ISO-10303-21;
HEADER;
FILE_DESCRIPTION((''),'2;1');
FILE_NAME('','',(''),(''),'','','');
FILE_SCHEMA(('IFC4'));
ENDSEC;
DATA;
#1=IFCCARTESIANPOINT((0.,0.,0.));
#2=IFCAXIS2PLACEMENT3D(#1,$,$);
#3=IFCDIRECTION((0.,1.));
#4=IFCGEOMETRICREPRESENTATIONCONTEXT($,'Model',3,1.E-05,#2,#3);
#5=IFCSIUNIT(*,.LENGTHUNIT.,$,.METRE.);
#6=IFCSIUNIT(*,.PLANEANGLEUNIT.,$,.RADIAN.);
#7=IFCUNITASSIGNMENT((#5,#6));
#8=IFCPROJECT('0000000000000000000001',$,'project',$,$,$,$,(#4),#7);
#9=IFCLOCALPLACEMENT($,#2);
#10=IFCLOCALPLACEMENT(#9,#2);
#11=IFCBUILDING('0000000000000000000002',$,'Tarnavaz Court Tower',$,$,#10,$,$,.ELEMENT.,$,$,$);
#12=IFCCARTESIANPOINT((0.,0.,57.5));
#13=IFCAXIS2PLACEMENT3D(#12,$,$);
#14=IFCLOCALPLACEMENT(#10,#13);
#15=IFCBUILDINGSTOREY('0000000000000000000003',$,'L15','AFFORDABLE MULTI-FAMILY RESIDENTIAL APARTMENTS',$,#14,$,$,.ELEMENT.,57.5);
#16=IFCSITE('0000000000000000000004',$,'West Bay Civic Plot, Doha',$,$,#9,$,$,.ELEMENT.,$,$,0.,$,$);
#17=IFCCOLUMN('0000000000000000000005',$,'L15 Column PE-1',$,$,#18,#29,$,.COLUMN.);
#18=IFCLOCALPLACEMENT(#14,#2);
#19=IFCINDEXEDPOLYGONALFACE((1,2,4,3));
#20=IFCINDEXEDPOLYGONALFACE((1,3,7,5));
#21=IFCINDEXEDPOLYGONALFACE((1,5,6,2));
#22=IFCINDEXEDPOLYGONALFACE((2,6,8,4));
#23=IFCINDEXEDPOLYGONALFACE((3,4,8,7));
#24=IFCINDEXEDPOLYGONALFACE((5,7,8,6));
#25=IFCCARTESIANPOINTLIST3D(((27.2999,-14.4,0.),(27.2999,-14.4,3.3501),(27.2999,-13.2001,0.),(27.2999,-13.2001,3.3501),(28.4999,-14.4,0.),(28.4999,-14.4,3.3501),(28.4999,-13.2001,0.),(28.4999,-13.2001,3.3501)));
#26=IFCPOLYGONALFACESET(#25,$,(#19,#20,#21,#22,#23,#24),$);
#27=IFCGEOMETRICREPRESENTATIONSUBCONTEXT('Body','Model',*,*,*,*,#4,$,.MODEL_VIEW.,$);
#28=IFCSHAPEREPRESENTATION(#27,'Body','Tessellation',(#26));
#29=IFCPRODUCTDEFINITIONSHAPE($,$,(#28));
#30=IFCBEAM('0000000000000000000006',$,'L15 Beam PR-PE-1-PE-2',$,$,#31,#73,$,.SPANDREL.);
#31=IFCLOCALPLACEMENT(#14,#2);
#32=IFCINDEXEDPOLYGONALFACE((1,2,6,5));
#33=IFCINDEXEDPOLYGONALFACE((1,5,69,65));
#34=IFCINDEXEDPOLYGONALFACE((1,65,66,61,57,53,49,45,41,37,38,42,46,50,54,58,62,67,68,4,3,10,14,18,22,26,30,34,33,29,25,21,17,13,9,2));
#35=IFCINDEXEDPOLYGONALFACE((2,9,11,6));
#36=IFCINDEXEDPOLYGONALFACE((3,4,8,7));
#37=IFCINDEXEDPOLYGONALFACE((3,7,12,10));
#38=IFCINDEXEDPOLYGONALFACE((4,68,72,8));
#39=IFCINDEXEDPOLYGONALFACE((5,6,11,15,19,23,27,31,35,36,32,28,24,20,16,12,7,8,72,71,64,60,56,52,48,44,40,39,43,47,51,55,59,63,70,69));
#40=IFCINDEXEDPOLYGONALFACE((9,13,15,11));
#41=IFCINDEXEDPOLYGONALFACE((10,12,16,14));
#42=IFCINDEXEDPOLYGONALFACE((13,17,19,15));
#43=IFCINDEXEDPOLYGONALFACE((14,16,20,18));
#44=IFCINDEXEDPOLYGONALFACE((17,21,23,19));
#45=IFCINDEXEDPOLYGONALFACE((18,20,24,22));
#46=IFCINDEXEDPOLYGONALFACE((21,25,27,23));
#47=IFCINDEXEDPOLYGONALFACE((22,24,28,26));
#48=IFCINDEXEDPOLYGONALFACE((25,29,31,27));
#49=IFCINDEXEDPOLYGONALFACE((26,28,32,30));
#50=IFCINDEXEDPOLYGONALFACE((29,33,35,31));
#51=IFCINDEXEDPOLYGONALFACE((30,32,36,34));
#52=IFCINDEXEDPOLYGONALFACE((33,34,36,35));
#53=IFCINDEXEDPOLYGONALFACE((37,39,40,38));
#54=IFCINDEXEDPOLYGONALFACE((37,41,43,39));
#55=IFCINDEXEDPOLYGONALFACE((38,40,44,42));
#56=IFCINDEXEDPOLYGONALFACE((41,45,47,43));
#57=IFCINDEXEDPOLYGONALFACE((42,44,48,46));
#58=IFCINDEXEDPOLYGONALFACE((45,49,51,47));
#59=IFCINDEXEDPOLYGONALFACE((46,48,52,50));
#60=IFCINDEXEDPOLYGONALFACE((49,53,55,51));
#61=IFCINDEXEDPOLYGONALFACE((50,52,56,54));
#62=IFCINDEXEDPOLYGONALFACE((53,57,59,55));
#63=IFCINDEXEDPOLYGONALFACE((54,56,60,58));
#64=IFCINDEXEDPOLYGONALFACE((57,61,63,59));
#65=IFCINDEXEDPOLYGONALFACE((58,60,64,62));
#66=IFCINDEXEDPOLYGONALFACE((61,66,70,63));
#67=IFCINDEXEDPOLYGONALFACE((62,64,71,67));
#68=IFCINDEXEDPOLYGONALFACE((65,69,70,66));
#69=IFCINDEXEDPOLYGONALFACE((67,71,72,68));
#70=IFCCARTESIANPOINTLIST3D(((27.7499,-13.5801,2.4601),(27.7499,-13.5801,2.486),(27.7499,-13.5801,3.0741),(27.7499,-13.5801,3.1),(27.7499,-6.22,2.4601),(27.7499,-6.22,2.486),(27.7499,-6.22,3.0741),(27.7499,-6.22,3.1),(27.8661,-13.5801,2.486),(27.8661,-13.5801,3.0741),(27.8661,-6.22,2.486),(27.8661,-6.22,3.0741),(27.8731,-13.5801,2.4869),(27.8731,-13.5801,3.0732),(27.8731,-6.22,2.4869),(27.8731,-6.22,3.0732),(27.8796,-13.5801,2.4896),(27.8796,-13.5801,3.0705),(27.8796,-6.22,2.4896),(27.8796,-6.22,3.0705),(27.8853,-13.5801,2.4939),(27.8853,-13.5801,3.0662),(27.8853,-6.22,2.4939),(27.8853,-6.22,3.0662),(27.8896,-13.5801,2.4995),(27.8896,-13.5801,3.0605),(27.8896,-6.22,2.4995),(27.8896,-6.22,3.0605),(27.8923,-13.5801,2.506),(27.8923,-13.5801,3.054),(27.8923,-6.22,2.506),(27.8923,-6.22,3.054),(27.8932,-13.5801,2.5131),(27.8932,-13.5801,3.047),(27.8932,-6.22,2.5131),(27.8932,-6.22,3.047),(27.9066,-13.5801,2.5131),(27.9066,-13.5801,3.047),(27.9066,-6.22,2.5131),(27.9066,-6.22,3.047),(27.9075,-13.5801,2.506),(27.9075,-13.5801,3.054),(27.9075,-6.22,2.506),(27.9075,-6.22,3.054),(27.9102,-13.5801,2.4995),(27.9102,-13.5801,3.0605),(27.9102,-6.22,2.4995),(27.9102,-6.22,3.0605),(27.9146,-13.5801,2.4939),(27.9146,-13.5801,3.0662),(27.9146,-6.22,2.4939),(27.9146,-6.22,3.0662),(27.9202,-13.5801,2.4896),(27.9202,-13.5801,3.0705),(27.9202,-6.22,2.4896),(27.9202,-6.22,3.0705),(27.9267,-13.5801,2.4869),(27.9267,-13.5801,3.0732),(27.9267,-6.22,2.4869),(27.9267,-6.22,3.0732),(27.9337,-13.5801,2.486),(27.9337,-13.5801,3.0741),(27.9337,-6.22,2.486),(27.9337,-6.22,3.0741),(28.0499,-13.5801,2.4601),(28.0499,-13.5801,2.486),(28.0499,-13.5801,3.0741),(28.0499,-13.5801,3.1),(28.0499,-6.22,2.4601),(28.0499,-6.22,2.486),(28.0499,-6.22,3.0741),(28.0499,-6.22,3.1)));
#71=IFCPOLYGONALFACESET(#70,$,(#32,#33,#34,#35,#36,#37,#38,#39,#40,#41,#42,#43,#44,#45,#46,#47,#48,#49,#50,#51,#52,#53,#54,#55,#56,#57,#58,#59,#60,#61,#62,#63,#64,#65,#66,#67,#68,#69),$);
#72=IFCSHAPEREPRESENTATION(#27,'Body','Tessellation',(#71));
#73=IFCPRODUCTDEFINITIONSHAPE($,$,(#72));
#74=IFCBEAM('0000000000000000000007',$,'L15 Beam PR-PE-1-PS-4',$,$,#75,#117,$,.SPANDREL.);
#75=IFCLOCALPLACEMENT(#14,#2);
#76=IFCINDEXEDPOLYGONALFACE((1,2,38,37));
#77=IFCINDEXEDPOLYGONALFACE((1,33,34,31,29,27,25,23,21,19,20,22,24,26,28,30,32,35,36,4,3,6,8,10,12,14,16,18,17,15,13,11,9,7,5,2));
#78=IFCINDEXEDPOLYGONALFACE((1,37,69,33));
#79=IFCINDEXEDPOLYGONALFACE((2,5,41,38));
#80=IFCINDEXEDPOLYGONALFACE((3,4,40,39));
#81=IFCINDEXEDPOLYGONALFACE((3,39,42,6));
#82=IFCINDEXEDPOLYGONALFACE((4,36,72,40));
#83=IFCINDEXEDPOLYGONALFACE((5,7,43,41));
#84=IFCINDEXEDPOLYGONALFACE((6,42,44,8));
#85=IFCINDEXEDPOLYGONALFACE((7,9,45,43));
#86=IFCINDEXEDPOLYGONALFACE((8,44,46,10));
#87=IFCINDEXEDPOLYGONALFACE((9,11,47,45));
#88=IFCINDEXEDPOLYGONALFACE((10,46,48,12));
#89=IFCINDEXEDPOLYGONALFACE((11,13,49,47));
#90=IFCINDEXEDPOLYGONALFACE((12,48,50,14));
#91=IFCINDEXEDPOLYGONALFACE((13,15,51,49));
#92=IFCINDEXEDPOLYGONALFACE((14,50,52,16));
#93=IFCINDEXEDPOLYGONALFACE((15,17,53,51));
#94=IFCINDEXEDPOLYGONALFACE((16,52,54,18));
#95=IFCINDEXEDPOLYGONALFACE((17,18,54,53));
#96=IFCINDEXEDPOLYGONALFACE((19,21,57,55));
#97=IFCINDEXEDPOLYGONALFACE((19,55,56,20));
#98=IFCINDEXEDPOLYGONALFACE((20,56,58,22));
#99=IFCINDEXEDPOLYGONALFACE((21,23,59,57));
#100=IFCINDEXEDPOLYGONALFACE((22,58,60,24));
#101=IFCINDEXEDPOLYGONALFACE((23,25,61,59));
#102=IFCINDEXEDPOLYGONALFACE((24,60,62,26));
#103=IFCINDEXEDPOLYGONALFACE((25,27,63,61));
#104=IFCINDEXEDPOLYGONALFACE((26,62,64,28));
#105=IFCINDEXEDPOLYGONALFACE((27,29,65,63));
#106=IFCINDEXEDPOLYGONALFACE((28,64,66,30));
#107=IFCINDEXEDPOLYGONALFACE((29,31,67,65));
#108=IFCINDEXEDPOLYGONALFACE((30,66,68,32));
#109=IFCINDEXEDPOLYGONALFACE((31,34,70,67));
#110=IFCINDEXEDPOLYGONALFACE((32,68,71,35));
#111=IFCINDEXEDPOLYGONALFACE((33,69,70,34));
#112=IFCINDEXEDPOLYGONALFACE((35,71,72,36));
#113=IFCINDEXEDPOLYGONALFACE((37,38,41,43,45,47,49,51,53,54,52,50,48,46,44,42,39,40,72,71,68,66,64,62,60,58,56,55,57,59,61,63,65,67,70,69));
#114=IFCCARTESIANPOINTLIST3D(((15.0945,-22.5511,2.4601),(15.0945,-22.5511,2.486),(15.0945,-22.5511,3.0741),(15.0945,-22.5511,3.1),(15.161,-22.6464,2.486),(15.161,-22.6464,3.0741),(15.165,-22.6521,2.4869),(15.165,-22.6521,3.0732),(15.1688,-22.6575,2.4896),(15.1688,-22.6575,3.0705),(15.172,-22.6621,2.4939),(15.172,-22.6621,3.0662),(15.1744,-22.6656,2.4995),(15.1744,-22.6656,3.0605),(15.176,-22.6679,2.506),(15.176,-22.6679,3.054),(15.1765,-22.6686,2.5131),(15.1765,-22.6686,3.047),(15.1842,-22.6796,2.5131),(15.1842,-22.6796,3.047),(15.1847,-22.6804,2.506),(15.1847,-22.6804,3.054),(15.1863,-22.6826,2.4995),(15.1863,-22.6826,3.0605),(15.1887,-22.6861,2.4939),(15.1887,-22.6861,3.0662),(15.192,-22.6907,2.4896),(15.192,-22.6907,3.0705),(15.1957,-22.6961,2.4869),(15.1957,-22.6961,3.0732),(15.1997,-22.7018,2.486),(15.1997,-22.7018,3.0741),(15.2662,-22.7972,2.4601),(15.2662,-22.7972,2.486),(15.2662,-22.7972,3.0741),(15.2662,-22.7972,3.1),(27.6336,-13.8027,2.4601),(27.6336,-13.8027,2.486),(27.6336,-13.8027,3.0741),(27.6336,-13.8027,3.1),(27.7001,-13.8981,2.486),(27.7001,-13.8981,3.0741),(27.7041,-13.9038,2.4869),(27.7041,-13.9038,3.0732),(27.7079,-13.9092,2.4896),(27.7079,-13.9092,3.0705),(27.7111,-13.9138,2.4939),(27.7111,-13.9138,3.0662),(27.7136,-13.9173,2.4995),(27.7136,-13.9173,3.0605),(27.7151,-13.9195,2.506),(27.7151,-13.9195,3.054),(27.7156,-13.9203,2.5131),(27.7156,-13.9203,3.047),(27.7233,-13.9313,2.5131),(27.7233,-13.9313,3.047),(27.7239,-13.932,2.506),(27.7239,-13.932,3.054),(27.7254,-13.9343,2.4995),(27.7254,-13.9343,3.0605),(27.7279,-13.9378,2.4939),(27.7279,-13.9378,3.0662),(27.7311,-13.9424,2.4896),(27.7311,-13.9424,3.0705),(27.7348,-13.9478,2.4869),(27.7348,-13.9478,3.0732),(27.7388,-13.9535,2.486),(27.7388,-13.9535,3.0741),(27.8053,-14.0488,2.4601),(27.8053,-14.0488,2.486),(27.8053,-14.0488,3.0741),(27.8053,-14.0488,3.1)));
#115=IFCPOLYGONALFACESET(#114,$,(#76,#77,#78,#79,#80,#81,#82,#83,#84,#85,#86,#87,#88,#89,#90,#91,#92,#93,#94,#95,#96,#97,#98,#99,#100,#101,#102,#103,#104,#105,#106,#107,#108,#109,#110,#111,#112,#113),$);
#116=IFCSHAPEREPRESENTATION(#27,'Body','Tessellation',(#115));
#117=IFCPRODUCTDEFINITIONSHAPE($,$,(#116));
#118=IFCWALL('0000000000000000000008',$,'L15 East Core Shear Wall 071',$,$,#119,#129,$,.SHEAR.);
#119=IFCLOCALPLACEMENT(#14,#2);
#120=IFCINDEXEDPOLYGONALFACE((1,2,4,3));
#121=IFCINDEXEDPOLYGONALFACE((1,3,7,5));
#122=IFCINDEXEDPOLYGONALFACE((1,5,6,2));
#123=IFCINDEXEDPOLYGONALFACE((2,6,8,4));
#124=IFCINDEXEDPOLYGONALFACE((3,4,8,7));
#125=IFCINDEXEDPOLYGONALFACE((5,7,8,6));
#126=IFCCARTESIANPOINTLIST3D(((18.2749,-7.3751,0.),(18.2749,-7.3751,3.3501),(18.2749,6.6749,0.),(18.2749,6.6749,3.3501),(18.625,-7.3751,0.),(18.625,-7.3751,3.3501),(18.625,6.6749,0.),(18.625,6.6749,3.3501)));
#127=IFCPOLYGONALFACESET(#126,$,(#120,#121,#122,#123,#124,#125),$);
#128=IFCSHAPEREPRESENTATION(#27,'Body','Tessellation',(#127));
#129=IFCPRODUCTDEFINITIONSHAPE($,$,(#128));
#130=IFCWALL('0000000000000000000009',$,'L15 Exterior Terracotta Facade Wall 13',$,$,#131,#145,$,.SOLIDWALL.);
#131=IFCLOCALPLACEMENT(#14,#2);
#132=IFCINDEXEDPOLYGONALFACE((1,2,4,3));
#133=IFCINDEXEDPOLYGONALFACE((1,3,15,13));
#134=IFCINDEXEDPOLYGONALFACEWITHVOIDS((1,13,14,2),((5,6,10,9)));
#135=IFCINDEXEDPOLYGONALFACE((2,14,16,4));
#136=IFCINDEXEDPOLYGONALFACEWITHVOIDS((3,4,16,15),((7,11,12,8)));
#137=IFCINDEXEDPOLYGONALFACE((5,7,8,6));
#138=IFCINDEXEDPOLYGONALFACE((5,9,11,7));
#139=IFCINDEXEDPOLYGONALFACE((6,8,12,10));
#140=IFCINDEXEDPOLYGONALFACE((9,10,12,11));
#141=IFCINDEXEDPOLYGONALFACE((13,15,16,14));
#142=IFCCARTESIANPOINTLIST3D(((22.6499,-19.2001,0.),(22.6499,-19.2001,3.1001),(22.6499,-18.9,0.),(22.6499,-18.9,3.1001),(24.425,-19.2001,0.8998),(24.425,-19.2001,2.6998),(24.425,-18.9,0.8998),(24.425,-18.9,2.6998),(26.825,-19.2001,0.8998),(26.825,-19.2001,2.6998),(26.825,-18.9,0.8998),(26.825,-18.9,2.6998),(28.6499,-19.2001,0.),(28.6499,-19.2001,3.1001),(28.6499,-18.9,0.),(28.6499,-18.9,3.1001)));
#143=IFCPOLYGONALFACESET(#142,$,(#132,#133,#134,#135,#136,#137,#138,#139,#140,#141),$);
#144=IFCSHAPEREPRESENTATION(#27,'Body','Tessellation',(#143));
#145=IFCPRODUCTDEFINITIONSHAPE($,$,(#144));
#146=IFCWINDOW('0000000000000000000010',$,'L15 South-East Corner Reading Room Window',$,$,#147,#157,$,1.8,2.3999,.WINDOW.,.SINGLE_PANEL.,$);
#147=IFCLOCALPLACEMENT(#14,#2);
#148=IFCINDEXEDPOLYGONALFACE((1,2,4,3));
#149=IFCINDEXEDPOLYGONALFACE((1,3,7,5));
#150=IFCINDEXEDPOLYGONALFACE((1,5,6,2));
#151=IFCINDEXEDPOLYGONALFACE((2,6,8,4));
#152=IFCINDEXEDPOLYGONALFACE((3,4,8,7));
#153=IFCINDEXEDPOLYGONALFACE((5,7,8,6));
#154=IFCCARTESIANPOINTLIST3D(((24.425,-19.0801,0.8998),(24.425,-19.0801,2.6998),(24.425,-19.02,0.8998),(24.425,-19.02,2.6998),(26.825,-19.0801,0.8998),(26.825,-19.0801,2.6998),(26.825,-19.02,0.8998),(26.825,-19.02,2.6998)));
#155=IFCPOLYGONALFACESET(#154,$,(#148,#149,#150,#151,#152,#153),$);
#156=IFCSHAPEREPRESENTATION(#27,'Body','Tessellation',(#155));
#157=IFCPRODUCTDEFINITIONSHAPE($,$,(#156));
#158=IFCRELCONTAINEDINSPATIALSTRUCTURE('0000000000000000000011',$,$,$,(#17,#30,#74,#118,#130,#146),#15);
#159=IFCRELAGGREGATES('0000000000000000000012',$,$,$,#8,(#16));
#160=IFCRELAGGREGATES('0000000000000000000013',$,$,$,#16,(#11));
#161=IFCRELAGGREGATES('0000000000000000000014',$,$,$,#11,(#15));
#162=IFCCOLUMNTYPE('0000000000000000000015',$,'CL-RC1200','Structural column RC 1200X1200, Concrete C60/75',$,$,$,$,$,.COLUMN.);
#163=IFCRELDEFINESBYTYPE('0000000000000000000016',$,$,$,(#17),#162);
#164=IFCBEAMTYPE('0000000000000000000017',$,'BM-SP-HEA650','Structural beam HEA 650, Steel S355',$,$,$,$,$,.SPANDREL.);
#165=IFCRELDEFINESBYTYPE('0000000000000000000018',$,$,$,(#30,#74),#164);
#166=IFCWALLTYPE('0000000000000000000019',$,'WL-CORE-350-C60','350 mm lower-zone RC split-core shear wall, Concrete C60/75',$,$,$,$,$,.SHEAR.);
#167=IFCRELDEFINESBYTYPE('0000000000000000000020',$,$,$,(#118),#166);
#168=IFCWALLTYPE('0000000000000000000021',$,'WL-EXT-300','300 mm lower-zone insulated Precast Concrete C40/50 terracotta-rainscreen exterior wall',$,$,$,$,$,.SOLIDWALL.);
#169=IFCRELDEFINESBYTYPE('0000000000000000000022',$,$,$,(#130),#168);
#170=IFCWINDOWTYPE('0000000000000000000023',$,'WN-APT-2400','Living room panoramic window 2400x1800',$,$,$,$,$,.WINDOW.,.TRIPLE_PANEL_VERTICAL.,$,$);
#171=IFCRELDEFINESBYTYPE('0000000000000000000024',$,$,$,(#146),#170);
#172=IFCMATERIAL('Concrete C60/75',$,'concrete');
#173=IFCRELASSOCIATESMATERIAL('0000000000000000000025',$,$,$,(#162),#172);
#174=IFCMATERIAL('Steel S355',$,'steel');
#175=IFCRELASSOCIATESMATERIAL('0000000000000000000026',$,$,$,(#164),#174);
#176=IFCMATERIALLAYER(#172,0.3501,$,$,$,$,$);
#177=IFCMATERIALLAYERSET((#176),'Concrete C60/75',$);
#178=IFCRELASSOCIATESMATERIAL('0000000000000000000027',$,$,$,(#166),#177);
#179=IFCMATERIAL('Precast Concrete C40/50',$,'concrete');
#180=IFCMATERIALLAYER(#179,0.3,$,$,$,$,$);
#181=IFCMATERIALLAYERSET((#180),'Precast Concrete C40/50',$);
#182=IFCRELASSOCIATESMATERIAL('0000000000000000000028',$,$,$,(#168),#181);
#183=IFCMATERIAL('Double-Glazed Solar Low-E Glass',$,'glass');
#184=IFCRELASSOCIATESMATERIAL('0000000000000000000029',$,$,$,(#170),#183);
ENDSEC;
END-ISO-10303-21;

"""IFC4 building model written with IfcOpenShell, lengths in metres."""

from ifc_helpers import new_model, si_unit, direction, frame, frame_2d, origin, origin_2d, place, context, subcontext, project, spatial, rectangle, i_section, extrude, material, layer, layer_set, material_profile, profile_set, type_object, element, fill, save


model = new_model("IFC4")

# Units and contexts
model_context = context("Model", 3, precision=1e-05, world=origin(), true_north=direction((0.0, 1.0)))
body_context = subcontext(model_context, "Body", "Model", "MODEL_VIEW")
ifc_project = project(units=[si_unit("LENGTHUNIT", "METRE"), si_unit("PLANEANGLEUNIT", "RADIAN")], contexts=[model_context])

# Site, building, storey
site_placement = place(None, origin())
site = spatial("IfcSite", under=ifc_project, at=site_placement, Name="West Bay Civic Plot, Doha", CompositionType="ELEMENT", RefElevation=0.0)
building_placement = place(site_placement, origin())
building = spatial("IfcBuilding", under=site, at=building_placement, Name="Tarnavaz Court Tower", CompositionType="ELEMENT")
storey_placement = place(building_placement, frame((0.0, 0.0, 57.5)))
storey = spatial("IfcBuildingStorey", under=building, at=storey_placement, Name="L15", Description="AFFORDABLE MULTI-FAMILY RESIDENTIAL APARTMENTS", CompositionType="ELEMENT", Elevation=57.5)

# Column
ifc_material_1 = material(Name="Concrete C60/75", Category="concrete")
ifc_material_profile_1 = material_profile(ifc_material_1, rectangle(XDim=1.2, YDim=1.2, at=origin_2d()), Name="RC 1200X1200")
ifc_profile_set_1 = profile_set([ifc_material_profile_1], Name="Concrete C60/75")
column_type = type_object("IfcColumnType", Name="CL-RC1200", Description="Structural column RC 1200X1200, Concrete C60/75", PredefinedType="COLUMN", material=ifc_profile_set_1)
column_placement = place(storey_placement, frame((27.8999, -13.8, 0.0), z_axis=(0.0, 0.0, 1.0), x_axis=(1.0, 0.0, 0.0)))
element("IfcColumn", 1, at=column_placement, inside=storey, type_object=column_type, Name="L15 Column PE-1", PredefinedType="COLUMN", context=body_context, shape_type="SweptSolid", body=[
    extrude(rectangle(XDim=1.2, YDim=1.2, at=origin_2d()), origin(), (0.0, 0.0, 1.0), 3.3501),
])

# Beams
ifc_material_2 = material(Name="Steel S355", Category="steel")
ifc_material_profile_2 = material_profile(ifc_material_2, i_section(OverallWidth=0.3, OverallDepth=0.6399, WebThickness=0.0134, FlangeThickness=0.0259, FilletRadius=0.0271, at=origin_2d()), Name="HEA 650")
ifc_profile_set_2 = profile_set([ifc_material_profile_2], Name="Steel S355")
beam_type = type_object("IfcBeamType", Name="BM-SP-HEA650", Description="Structural beam HEA 650, Steel S355", PredefinedType="SPANDREL", material=ifc_profile_set_2)
beam_1_placement = place(storey_placement, frame((27.8999, -13.5801, 2.78), z_axis=(0.0, 1.0, 0.0), x_axis=(-1.0, 0.0, 0.0)))
element("IfcBeam", 2, at=beam_1_placement, inside=storey, type_object=beam_type, Name="L15 Beam PR-PE-1-PE-2", PredefinedType="SPANDREL", context=body_context, shape_type="SweptSolid", body=[
    extrude(i_section(OverallWidth=0.3, OverallDepth=0.6399, WebThickness=0.0134, FlangeThickness=0.0259, FilletRadius=0.0271, at=origin_2d()), origin(), (0.0, 0.0, 1.0), 7.3601),
])
beam_2_placement = place(storey_placement, frame((27.7195, -13.9258, 2.78), z_axis=(-0.820124, -0.572186, 0.0), x_axis=(0.572186, -0.820124, 0.0)))
element("IfcBeam", 3, at=beam_2_placement, inside=storey, type_object=beam_type, Name="L15 Beam PR-PE-1-PS-4", PredefinedType="SPANDREL", context=body_context, shape_type="SweptSolid", body=[
    extrude(i_section(OverallWidth=0.3, OverallDepth=0.6399, WebThickness=0.0134, FlangeThickness=0.0259, FilletRadius=0.0271, at=origin_2d()), origin(), (0.0, 0.0, 1.0), 15.2893),
])

# Wall
ifc_layer_1 = layer(ifc_material_1, 0.3501)
ifc_layer_set_1 = layer_set([ifc_layer_1], Name="Concrete C60/75")
wall_type_1 = type_object("IfcWallType", Name="WL-CORE-350-C60", Description="350 mm lower-zone RC split-core shear wall, Concrete C60/75", PredefinedType="SHEAR", material=ifc_layer_set_1)
wall_1_placement = place(storey_placement, frame((18.45, -7.375, 0.0), z_axis=(0.0, 0.0, 1.0), x_axis=(0.0, 1.0, 0.0)))
element("IfcWall", 4, at=wall_1_placement, inside=storey, type_object=wall_type_1, Name="L15 East Core Shear Wall 071", PredefinedType="SHEAR", context=body_context, shape_type="SweptSolid", body=[
    extrude(rectangle(XDim=14.05, YDim=0.3501, at=frame_2d((7.0249, 0.0))), origin(), (0.0, 0.0, 1.0), 3.3501),
])

# Wall, opening, window
ifc_material_3 = material(Name="Precast Concrete C40/50", Category="concrete")
ifc_layer_2 = layer(ifc_material_3, 0.3)
ifc_layer_set_2 = layer_set([ifc_layer_2], Name="Precast Concrete C40/50")
wall_type_2 = type_object("IfcWallType", Name="WL-EXT-300", Description="300 mm lower-zone insulated Precast Concrete C40/50 terracotta-rainscreen exterior wall", PredefinedType="SOLIDWALL", material=ifc_layer_set_2)
wall_2_placement = place(storey_placement, frame((28.6499, -19.05, 0.0), z_axis=(0.0, 0.0, 1.0), x_axis=(-1.0, 0.0, 0.0)))
wall_2 = element("IfcWall", 5, at=wall_2_placement, inside=storey, type_object=wall_type_2, Name="L15 Exterior Terracotta Facade Wall 13", PredefinedType="SOLIDWALL", context=body_context, shape_type="SweptSolid", body=[
    extrude(rectangle(XDim=6.0, YDim=0.3, at=frame_2d((3.0, 0.0))), origin(), (0.0, 0.0, 1.0), 3.1001),
])
opening_1_placement = place(wall_2_placement, frame((1.825, 0.0, 0.8999)))
opening_1 = element("IfcOpeningElement", 6, at=opening_1_placement, cuts=wall_2, PredefinedType="OPENING", context=body_context, shape_type="SweptSolid", body=[
    extrude(rectangle(XDim=2.3999, YDim=1.8, at=frame_2d((1.2, 0.8999))), frame((0.0, 0.1599, 0.0), z_axis=(0.0, -1.0, 0.0), x_axis=(1.0, 0.0, 0.0)), (0.0, 0.0, 1.0), 0.3201),
])
ifc_material_4 = material(Name="Double-Glazed Solar Low-E Glass", Category="glass")
window_type_1 = type_object("IfcWindowType", Name="WN-APT-2400", Description="Living room panoramic window 2400x1800", PartitioningType="TRIPLE_PANEL_VERTICAL", PredefinedType="WINDOW", material=ifc_material_4)
window_1_placement = place(opening_1_placement, origin())
window_1 = element("IfcWindow", 7, at=window_1_placement, inside=storey, type_object=window_type_1, Name="L15 South-East Corner Reading Room Window", OverallHeight=1.8, OverallWidth=2.3999, PartitioningType="SINGLE_PANEL", PredefinedType="WINDOW", context=body_context, shape_type="SweptSolid", body=[
    extrude(rectangle(XDim=2.3999, YDim=1.8, at=frame_2d((1.2, 0.8999))), frame((0.0, 0.03, 0.0), z_axis=(0.0, -1.0, 0.0), x_axis=(1.0, 0.0, 0.0)), (0.0, 0.0, 1.0), 0.0601),
])
fill(opening_1, window_1)

save(model, "model.ifc")
